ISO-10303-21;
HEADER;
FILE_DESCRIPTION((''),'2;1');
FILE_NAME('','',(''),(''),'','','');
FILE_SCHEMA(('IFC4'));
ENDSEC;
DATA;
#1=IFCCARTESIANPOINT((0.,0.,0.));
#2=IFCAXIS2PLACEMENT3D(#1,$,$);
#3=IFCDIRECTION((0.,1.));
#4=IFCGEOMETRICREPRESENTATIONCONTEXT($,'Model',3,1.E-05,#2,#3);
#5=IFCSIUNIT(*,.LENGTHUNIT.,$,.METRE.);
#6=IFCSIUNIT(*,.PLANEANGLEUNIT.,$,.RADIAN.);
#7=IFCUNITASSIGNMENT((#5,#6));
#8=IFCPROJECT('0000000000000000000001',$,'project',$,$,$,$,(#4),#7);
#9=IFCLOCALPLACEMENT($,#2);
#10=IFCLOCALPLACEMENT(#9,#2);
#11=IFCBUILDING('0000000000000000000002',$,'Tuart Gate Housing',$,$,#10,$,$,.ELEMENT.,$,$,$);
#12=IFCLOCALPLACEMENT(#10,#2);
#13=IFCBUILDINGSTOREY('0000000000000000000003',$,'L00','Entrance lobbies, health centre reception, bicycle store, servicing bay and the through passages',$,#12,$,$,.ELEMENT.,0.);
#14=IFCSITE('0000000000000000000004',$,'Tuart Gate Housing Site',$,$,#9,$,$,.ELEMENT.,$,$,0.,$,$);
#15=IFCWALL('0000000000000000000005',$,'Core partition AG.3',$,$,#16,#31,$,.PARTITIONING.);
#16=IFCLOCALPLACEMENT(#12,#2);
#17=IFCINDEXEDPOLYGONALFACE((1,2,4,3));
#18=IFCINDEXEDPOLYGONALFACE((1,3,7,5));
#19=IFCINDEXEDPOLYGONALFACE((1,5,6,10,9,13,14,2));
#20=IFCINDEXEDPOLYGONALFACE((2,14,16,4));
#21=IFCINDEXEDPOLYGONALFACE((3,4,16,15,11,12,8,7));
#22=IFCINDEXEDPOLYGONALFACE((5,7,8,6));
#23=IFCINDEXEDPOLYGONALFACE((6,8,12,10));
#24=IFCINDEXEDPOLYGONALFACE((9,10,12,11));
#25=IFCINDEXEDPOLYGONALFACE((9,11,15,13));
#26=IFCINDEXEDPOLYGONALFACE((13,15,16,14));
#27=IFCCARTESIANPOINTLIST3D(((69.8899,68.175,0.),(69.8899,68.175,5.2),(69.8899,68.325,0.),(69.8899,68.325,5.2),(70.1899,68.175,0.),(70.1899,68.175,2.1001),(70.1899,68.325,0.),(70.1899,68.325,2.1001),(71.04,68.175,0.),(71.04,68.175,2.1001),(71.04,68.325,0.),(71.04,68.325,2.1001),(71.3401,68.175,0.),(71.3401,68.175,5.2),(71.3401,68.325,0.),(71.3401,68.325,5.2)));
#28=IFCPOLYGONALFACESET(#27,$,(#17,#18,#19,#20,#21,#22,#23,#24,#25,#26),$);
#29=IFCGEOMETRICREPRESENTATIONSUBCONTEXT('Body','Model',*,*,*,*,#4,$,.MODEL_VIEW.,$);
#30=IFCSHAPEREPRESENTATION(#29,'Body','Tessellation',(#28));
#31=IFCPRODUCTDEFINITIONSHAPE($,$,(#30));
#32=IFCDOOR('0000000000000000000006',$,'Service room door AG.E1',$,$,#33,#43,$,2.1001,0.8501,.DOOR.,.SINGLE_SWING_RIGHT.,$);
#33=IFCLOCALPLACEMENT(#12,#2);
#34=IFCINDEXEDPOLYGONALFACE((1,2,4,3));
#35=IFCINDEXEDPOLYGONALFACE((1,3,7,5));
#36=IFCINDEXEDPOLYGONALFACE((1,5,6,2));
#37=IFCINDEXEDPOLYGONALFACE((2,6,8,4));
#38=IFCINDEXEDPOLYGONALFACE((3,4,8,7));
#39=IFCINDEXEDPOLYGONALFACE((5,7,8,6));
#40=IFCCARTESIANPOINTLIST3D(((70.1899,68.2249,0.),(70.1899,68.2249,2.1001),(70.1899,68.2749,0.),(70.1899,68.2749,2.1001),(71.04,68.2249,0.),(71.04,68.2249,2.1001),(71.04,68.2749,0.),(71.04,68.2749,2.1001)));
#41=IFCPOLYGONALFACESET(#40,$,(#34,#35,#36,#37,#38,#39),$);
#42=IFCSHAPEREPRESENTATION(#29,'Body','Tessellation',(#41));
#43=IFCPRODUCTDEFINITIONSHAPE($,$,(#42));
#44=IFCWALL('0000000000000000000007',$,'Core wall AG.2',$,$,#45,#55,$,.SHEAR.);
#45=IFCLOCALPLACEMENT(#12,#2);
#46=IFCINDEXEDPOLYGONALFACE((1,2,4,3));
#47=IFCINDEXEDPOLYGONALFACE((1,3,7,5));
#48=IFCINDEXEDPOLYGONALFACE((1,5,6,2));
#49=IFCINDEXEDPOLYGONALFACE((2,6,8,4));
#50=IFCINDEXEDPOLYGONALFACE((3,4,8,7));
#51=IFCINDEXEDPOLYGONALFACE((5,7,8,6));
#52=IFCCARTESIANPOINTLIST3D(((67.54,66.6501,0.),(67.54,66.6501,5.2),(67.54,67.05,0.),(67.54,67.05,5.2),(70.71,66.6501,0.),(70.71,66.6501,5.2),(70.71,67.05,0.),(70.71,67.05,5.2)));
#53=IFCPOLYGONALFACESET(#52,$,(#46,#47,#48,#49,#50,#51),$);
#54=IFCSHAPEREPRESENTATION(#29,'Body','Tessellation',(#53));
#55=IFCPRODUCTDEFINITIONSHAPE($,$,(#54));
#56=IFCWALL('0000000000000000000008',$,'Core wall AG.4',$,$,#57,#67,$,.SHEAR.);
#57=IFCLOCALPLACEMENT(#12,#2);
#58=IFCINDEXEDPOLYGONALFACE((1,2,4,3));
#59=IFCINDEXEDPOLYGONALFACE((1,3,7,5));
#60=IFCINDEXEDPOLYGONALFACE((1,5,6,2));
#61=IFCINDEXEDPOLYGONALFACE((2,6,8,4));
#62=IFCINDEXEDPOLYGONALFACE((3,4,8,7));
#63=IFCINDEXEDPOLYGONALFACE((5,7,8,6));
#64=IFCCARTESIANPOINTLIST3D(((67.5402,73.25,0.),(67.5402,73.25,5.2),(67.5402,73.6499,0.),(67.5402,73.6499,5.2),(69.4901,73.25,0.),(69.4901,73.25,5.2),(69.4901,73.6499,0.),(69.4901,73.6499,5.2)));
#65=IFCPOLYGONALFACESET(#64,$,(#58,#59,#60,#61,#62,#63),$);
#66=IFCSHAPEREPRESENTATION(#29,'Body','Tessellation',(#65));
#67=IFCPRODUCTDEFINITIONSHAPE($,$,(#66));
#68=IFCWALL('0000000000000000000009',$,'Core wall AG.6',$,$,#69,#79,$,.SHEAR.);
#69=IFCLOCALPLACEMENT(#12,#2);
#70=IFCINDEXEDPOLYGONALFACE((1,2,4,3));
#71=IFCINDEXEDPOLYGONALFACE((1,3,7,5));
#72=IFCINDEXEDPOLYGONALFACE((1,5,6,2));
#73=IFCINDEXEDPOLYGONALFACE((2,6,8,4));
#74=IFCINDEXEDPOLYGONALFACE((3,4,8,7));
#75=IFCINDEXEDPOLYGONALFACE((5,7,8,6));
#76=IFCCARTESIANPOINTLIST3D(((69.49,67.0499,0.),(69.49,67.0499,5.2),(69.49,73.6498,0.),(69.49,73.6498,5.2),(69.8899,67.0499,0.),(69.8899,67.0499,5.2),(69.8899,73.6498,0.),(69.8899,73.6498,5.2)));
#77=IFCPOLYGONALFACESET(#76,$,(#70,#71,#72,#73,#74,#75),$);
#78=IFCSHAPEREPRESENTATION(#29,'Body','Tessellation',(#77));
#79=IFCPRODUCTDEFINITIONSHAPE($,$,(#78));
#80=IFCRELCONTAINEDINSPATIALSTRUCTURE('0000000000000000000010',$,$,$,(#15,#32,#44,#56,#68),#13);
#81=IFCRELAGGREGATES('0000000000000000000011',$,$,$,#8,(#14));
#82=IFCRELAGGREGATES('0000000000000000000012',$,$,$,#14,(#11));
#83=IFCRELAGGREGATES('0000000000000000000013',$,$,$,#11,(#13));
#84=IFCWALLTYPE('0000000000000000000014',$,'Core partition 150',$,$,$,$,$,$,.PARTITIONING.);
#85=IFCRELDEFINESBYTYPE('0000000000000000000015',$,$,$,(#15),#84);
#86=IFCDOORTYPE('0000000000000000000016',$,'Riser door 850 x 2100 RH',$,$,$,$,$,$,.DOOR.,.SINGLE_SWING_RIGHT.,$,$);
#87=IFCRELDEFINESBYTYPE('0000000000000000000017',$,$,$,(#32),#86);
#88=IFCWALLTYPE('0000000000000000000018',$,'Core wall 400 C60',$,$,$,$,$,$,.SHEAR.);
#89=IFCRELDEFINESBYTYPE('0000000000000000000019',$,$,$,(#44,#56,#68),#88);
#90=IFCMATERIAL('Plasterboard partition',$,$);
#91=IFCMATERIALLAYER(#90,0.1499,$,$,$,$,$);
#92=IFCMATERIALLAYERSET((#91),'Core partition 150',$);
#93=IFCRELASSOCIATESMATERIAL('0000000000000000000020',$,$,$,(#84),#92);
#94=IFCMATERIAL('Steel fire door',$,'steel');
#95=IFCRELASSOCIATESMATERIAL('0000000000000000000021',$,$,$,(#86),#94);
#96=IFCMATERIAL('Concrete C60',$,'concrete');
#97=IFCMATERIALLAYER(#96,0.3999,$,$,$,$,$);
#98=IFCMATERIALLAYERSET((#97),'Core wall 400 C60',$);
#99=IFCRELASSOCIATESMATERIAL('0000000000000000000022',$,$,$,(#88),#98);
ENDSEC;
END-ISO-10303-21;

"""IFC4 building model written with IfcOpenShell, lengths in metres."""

from ifc_helpers import new_model, si_unit, direction, frame, frame_2d, origin, place, context, subcontext, project, spatial, rectangle, extrude, material, layer, layer_set, type_object, element, fill, save


model = new_model("IFC4")

# Units and contexts
model_context = context("Model", 3, precision=1e-05, world=origin(), true_north=direction((0.0, 1.0)))
body_context = subcontext(model_context, "Body", "Model", "MODEL_VIEW")
ifc_project = project(units=[si_unit("LENGTHUNIT", "METRE"), si_unit("PLANEANGLEUNIT", "RADIAN")], contexts=[model_context])

# Site, building, storey
site_placement = place(None, origin())
site = spatial("IfcSite", under=ifc_project, at=site_placement, Name="Tuart Gate Housing Site", CompositionType="ELEMENT", RefElevation=0.0)
building_placement = place(site_placement, origin())
building = spatial("IfcBuilding", under=site, at=building_placement, Name="Tuart Gate Housing", CompositionType="ELEMENT")
storey_placement = place(building_placement, origin())
storey = spatial("IfcBuildingStorey", under=building, at=storey_placement, Name="L00", Description="Entrance lobbies, health centre reception, bicycle store, servicing bay and the through passages", CompositionType="ELEMENT", Elevation=0.0)

# Wall, opening, door
ifc_material_1 = material(Name="Plasterboard partition")
ifc_layer_1 = layer(ifc_material_1, 0.1499)
ifc_layer_set_1 = layer_set([ifc_layer_1], Name="Core partition 150")
wall_type_1 = type_object("IfcWallType", Name="Core partition 150", PredefinedType="PARTITIONING", material=ifc_layer_set_1)
wall_1_placement = place(storey_placement, frame((69.8899, 68.25, 0.0), z_axis=(0.0, 0.0, 1.0), x_axis=(1.0, 0.0, 0.0)))
wall_1 = element("IfcWall", 1, at=wall_1_placement, inside=storey, type_object=wall_type_1, Name="Core partition AG.3", PredefinedType="PARTITIONING", context=body_context, shape_type="SweptSolid", body=[
    extrude(rectangle(XDim=1.4502, YDim=0.1499, at=frame_2d((0.7251, 0.0))), origin(), (0.0, 0.0, 1.0), 5.2),
])
opening_1_placement = place(wall_1_placement, frame((0.3, 0.0, 0.0)))
opening_1 = element("IfcOpeningElement", 2, at=opening_1_placement, cuts=wall_1, PredefinedType="OPENING", context=body_context, shape_type="SweptSolid", body=[
    extrude(rectangle(XDim=0.8501, YDim=2.1001, at=frame_2d((0.425, 1.05))), frame((0.0, 0.085, 0.0), z_axis=(0.0, -1.0, 0.0), x_axis=(1.0, 0.0, 0.0)), (0.0, 0.0, 1.0), 0.1699),
])
ifc_material_2 = material(Name="Steel fire door", Category="steel")
door_type_1 = type_object("IfcDoorType", Name="Riser door 850 x 2100 RH", OperationType="SINGLE_SWING_RIGHT", PredefinedType="DOOR", material=ifc_material_2)
door_1_placement = place(opening_1_placement, frame((0.8501, 0.0, 0.0), z_axis=(0.0, 0.0, 1.0), x_axis=(-1.0, 0.0, 0.0)))
door_1 = element("IfcDoor", 3, at=door_1_placement, inside=storey, type_object=door_type_1, Name="Service room door AG.E1", OperationType="SINGLE_SWING_RIGHT", OverallHeight=2.1001, OverallWidth=0.8501, PredefinedType="DOOR", context=body_context, shape_type="SweptSolid", body=[
    extrude(rectangle(XDim=0.8501, YDim=2.1001, at=frame_2d((0.425, 1.05))), frame((0.0, 0.0251, 0.0), z_axis=(0.0, -1.0, 0.0), x_axis=(1.0, 0.0, 0.0)), (0.0, 0.0, 1.0), 0.05),
])
fill(opening_1, door_1)

# Walls
ifc_material_3 = material(Name="Concrete C60", Category="concrete")
ifc_layer_2 = layer(ifc_material_3, 0.3999)
ifc_layer_set_2 = layer_set([ifc_layer_2], Name="Core wall 400 C60")
wall_type_2 = type_object("IfcWallType", Name="Core wall 400 C60", PredefinedType="SHEAR", material=ifc_layer_set_2)
wall_2_placement = place(storey_placement, frame((67.54, 66.8501, 0.0), z_axis=(0.0, 0.0, 1.0), x_axis=(1.0, 0.0, 0.0)))
element("IfcWall", 4, at=wall_2_placement, inside=storey, type_object=wall_type_2, Name="Core wall AG.2", PredefinedType="SHEAR", context=body_context, shape_type="SweptSolid", body=[
    extrude(rectangle(XDim=3.1699, YDim=0.3999, at=frame_2d((1.585, 0.0))), origin(), (0.0, 0.0, 1.0), 5.2),
])
wall_3_placement = place(storey_placement, frame((67.54, 73.45, 0.0), z_axis=(0.0, 0.0, 1.0), x_axis=(1.0, 0.0, 0.0)))
element("IfcWall", 5, at=wall_3_placement, inside=storey, type_object=wall_type_2, Name="Core wall AG.4", PredefinedType="SHEAR", context=body_context, shape_type="SweptSolid", body=[
    extrude(rectangle(XDim=1.95, YDim=0.3999, at=frame_2d((0.9751, 0.0))), origin(), (0.0, 0.0, 1.0), 5.2),
])
wall_4_placement = place(storey_placement, frame((69.6899, 67.05, 0.0), z_axis=(0.0, 0.0, 1.0), x_axis=(0.0, 1.0, 0.0)))
element("IfcWall", 6, at=wall_4_placement, inside=storey, type_object=wall_type_2, Name="Core wall AG.6", PredefinedType="SHEAR", context=body_context, shape_type="SweptSolid", body=[
    extrude(rectangle(XDim=6.5999, YDim=0.3999, at=frame_2d((3.2998, 0.0))), origin(), (0.0, 0.0, 1.0), 5.2),
])

save(model, "model.ifc")
